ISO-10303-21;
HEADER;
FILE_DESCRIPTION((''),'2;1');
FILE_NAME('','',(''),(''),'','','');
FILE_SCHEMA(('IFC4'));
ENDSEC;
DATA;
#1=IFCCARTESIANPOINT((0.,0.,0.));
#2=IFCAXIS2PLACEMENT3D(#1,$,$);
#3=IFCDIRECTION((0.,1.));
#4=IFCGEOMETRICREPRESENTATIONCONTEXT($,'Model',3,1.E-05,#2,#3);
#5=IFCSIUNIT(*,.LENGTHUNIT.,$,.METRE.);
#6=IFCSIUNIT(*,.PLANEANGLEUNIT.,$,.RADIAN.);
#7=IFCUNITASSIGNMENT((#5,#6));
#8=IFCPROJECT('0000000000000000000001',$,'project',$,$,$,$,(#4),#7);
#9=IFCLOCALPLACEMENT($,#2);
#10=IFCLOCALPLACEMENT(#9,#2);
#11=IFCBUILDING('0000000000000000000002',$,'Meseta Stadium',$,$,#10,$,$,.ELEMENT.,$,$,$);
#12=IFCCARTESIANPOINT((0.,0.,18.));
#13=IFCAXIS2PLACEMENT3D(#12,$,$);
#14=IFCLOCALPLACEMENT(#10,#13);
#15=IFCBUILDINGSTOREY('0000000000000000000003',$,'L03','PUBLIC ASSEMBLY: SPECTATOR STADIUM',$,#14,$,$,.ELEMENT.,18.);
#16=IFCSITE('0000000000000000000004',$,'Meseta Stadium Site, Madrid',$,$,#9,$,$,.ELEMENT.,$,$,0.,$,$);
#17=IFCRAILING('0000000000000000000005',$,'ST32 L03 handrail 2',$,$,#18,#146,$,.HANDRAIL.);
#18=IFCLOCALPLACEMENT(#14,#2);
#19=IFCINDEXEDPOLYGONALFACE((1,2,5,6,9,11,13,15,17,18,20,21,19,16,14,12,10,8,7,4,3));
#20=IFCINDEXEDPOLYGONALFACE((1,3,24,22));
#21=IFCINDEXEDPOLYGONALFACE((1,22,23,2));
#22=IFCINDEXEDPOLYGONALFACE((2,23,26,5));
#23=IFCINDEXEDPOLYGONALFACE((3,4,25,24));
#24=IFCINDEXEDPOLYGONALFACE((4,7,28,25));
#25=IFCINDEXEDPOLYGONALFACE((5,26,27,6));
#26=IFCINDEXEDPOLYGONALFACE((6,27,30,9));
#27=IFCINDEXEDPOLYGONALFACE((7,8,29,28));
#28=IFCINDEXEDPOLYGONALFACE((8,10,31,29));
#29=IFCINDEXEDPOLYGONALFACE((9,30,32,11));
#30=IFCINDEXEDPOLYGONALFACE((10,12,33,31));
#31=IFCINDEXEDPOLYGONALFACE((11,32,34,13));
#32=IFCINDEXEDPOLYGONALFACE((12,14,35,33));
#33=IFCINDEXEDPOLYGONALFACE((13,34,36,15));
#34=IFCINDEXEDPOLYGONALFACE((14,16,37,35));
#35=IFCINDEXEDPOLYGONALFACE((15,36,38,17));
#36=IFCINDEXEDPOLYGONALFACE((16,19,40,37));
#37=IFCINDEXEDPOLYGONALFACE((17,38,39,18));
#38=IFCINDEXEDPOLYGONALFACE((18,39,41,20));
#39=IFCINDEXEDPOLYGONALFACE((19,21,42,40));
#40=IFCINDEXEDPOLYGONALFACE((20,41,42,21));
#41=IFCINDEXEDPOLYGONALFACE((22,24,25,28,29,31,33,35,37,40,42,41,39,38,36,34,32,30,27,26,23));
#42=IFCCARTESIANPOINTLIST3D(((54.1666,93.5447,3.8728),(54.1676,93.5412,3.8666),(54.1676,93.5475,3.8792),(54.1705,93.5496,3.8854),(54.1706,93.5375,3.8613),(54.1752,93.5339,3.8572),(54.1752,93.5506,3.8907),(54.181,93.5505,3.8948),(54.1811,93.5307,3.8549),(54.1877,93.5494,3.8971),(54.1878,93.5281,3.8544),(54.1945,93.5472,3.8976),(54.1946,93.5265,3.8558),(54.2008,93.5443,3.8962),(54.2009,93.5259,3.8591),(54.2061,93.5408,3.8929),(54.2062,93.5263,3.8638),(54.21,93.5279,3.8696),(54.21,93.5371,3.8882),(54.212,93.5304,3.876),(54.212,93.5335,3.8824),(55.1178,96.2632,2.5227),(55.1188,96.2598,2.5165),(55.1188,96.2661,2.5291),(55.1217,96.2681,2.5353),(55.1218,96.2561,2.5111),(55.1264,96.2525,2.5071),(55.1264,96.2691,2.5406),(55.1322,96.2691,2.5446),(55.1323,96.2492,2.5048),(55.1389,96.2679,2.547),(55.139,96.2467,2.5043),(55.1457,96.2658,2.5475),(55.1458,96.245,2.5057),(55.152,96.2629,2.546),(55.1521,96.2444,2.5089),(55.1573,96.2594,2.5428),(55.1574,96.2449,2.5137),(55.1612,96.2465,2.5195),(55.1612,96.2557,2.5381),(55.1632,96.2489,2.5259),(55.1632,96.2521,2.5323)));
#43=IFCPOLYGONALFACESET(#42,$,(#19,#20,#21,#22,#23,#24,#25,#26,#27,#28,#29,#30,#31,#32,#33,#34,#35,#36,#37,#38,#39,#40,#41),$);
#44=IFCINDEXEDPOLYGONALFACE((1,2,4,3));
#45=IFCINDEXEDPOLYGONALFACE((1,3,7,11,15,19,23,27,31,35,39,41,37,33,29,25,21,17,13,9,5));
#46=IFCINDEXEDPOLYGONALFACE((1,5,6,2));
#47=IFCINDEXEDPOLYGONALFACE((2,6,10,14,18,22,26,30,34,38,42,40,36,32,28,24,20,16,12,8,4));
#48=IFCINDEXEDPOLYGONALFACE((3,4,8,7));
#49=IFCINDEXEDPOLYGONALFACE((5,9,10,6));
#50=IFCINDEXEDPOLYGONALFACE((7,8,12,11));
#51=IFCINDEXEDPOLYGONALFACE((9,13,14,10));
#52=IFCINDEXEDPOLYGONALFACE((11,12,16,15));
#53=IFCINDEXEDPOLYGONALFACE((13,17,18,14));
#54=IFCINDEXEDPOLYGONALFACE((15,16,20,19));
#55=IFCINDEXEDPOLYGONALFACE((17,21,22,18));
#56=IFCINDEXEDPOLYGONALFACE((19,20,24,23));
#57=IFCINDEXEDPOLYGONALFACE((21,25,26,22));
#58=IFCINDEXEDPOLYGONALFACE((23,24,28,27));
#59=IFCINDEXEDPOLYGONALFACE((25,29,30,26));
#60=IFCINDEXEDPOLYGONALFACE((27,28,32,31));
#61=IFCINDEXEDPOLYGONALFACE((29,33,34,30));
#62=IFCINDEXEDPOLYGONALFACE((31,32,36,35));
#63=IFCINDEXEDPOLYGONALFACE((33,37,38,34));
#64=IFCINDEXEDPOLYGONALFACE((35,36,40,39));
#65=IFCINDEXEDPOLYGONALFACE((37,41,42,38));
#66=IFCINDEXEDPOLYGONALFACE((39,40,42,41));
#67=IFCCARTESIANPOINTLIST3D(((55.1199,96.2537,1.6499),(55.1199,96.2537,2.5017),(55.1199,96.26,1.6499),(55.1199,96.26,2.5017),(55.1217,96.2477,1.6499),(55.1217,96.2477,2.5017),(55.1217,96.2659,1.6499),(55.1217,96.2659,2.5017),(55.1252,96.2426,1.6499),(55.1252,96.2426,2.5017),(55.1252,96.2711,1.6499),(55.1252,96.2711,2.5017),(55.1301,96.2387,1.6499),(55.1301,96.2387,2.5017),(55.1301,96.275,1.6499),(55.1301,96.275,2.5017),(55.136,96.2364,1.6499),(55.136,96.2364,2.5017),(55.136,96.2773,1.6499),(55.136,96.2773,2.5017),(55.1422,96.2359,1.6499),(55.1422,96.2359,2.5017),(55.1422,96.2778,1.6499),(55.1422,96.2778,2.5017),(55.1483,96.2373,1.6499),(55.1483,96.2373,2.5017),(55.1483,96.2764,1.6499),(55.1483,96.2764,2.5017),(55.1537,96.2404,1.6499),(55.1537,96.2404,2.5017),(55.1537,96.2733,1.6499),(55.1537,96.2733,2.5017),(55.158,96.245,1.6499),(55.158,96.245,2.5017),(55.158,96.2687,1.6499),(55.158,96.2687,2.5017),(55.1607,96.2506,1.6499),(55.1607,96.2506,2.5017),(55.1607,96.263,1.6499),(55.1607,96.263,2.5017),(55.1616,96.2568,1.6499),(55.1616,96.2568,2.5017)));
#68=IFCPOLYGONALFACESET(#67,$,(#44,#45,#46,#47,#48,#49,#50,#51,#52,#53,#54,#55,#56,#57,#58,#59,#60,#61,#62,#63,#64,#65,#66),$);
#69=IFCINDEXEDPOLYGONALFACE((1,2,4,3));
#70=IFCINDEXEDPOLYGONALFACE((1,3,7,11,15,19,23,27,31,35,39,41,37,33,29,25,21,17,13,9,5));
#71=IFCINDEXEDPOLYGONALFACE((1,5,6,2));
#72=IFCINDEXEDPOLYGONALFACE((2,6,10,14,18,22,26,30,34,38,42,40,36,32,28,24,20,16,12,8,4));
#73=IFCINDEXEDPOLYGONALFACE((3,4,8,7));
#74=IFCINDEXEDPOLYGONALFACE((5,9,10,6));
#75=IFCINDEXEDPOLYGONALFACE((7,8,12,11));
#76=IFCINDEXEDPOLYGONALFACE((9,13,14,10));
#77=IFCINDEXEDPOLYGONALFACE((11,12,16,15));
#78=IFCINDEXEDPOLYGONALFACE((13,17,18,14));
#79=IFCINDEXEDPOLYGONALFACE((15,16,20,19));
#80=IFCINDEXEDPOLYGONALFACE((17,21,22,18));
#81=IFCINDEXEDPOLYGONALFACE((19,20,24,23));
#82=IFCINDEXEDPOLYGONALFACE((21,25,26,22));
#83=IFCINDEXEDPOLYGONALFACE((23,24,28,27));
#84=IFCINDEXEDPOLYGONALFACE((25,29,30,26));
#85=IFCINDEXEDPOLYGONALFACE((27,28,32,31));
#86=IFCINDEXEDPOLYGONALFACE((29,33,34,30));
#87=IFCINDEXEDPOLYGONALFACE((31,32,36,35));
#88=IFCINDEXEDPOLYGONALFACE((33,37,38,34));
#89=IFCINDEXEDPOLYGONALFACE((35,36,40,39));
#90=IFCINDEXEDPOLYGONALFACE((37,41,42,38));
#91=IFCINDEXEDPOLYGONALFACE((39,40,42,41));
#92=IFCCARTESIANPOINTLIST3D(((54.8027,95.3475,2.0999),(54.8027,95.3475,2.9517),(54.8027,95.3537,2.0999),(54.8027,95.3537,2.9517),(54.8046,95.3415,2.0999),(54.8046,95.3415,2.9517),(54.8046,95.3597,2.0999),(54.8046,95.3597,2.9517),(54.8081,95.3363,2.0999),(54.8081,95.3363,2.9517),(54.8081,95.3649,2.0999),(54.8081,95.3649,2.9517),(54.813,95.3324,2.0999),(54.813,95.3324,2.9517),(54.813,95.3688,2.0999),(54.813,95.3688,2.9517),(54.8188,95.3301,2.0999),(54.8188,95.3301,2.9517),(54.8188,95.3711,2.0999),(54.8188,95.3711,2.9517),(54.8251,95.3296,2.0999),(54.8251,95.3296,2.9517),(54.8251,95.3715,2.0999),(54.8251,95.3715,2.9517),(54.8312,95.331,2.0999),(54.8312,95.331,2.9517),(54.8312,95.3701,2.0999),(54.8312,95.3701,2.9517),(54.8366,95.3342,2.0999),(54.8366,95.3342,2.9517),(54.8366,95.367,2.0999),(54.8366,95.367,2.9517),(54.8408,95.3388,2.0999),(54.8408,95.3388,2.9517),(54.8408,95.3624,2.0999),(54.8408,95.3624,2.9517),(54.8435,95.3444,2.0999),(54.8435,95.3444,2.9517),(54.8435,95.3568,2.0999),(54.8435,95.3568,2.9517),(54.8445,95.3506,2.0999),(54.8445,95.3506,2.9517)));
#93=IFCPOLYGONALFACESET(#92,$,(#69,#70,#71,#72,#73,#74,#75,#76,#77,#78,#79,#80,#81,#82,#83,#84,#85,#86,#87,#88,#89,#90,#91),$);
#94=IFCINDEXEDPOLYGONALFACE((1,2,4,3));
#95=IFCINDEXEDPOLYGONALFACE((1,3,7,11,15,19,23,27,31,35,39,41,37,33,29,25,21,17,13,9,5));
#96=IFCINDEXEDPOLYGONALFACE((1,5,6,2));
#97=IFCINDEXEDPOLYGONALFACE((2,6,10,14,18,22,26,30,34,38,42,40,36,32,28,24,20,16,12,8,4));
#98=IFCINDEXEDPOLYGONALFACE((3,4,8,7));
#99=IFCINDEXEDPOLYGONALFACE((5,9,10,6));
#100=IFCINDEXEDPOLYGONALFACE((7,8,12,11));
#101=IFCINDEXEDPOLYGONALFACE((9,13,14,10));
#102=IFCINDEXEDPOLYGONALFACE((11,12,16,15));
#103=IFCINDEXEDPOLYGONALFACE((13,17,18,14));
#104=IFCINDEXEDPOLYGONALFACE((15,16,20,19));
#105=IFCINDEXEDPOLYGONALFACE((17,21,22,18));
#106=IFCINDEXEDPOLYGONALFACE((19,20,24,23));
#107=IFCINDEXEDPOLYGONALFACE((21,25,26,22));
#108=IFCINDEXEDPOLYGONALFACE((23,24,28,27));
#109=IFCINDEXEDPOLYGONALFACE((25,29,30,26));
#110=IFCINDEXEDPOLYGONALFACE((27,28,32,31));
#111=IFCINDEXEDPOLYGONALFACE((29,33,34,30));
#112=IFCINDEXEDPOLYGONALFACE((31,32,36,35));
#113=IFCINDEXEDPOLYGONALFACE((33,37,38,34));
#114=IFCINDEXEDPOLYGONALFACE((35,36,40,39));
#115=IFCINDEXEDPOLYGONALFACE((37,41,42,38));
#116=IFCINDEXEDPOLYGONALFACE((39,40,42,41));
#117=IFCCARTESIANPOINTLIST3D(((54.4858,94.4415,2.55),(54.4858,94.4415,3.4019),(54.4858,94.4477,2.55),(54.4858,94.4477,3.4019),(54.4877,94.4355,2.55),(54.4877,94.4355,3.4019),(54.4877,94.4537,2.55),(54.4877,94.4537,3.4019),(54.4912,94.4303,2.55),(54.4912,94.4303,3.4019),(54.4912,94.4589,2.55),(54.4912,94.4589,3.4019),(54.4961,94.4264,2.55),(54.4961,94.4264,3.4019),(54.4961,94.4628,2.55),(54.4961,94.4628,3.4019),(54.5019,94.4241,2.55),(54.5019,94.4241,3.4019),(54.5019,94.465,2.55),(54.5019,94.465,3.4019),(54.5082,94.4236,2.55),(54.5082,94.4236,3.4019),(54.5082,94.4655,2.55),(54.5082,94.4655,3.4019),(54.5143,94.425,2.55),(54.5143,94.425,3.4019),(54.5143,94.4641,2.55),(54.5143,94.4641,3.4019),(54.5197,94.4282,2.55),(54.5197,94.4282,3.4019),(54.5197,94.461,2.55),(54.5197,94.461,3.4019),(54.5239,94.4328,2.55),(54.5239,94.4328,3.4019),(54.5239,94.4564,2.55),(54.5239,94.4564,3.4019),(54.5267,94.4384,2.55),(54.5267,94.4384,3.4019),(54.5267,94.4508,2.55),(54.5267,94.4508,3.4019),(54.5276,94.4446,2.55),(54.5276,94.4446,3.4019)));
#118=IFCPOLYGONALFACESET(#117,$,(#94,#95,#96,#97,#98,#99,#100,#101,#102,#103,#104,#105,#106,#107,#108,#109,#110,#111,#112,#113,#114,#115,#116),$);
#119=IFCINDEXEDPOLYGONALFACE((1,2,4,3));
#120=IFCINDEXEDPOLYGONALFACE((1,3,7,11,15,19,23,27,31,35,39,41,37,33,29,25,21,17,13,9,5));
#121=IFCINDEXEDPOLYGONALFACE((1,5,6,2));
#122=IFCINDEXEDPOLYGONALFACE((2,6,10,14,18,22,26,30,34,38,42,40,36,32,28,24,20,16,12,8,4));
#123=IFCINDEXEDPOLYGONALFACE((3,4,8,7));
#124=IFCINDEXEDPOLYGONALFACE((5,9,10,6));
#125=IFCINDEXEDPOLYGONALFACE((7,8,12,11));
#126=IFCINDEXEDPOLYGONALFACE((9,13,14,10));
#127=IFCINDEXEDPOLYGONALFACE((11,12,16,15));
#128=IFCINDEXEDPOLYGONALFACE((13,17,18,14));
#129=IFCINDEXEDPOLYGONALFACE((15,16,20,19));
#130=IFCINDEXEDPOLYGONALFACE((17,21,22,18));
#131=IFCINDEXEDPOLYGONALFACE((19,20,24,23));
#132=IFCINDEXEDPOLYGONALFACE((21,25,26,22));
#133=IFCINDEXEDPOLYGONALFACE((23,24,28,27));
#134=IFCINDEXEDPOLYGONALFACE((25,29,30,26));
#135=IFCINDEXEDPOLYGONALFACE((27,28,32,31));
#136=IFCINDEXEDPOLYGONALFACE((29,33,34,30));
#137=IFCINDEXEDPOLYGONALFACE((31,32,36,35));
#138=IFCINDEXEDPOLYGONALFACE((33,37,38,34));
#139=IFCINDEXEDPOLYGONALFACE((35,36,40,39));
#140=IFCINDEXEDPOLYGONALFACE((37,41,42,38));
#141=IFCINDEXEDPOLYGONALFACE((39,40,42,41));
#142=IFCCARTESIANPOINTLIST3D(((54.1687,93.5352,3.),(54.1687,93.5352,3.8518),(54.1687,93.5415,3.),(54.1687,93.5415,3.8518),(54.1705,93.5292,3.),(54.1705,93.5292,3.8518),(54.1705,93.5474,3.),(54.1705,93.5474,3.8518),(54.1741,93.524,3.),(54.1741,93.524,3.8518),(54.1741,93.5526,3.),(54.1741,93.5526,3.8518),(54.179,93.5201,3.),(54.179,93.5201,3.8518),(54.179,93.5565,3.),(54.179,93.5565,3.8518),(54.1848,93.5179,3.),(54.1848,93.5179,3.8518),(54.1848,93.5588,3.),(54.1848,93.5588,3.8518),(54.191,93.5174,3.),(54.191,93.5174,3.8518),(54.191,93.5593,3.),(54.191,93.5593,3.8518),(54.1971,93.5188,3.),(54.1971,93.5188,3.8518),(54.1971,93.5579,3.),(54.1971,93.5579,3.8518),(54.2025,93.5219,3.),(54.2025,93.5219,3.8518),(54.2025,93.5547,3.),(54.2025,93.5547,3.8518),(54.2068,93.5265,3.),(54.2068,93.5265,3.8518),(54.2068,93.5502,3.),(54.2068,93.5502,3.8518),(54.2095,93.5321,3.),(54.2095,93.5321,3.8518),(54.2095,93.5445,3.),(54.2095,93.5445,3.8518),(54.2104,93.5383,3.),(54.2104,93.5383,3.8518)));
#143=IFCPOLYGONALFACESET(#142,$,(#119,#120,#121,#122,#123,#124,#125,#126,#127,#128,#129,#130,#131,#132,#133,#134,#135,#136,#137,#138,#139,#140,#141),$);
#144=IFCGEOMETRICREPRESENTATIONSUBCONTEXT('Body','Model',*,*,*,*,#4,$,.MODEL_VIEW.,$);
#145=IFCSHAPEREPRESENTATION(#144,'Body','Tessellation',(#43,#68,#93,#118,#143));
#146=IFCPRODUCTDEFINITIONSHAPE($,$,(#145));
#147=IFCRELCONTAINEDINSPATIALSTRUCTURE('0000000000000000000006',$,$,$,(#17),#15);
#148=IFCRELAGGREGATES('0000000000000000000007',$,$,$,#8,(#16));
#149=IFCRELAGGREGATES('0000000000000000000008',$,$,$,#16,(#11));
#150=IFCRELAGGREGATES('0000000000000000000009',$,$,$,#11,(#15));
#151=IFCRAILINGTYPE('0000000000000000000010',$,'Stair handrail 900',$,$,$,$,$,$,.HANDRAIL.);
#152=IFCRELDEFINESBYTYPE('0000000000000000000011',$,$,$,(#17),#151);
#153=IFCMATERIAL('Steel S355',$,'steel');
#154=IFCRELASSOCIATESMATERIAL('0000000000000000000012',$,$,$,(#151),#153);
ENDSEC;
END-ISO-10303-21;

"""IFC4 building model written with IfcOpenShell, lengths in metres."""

from ifc_helpers import new_model, si_unit, direction, frame, origin, origin_2d, place, context, subcontext, project, spatial, circle, extrude, material, type_object, element, save


model = new_model("IFC4")

# Units and contexts
model_context = context("Model", 3, precision=1e-05, world=origin(), true_north=direction((0.0, 1.0)))
body_context = subcontext(model_context, "Body", "Model", "MODEL_VIEW")
ifc_project = project(units=[si_unit("LENGTHUNIT", "METRE"), si_unit("PLANEANGLEUNIT", "RADIAN")], contexts=[model_context])

# Site, building, storey
site_placement = place(None, origin())
site = spatial("IfcSite", under=ifc_project, at=site_placement, Name="Meseta Stadium Site, Madrid", CompositionType="ELEMENT", RefElevation=0.0)
building_placement = place(site_placement, origin())
building = spatial("IfcBuilding", under=site, at=building_placement, Name="Meseta Stadium", CompositionType="ELEMENT")
storey_placement = place(building_placement, frame((0.0, 0.0, 18.0)))
storey = spatial("IfcBuildingStorey", under=building, at=storey_placement, Name="L03", Description="PUBLIC ASSEMBLY: SPECTATOR STADIUM", CompositionType="ELEMENT", Elevation=18.0)

# Railing
ifc_material_1 = material(Name="Steel S355", Category="steel")
railing_type_1 = type_object("IfcRailingType", Name="Stair handrail 900", PredefinedType="HANDRAIL", material=ifc_material_1)
for number, where, name in (
    (1, (55.1406, 96.2568, 1.6499), "ST32 L03 handrail 2"),
):
    element("IfcRailing", number, at=place(storey_placement, frame(where)), inside=storey, type_object=railing_type_1, Name=name, PredefinedType="HANDRAIL", context=body_context, shape_type="SweptSolid", body=[
        extrude(circle(Radius=0.0239, at=origin_2d()), frame((0.0, 0.0, 0.876), z_axis=(-0.299031, -0.854649, 0.424446), x_axis=(0.943891, -0.330256, 0.0)), (0.0, 0.0, 1.0), 3.1809),
        extrude(circle(Radius=0.021, at=origin_2d()), origin(), (0.0, 0.0, 1.0), 0.8518),
        extrude(circle(Radius=0.021, at=origin_2d()), frame((-0.3171, -0.9062, 0.45)), (0.0, 0.0, 1.0), 0.8518),
        extrude(circle(Radius=0.021, at=origin_2d()), frame((-0.634, -1.8123, 0.9001)), (0.0, 0.0, 1.0), 0.8518),
        extrude(circle(Radius=0.021, at=origin_2d()), frame((-0.9512, -2.7185, 1.3501)), (0.0, 0.0, 1.0), 0.8518),
    ])

save(model, "model.ifc")
